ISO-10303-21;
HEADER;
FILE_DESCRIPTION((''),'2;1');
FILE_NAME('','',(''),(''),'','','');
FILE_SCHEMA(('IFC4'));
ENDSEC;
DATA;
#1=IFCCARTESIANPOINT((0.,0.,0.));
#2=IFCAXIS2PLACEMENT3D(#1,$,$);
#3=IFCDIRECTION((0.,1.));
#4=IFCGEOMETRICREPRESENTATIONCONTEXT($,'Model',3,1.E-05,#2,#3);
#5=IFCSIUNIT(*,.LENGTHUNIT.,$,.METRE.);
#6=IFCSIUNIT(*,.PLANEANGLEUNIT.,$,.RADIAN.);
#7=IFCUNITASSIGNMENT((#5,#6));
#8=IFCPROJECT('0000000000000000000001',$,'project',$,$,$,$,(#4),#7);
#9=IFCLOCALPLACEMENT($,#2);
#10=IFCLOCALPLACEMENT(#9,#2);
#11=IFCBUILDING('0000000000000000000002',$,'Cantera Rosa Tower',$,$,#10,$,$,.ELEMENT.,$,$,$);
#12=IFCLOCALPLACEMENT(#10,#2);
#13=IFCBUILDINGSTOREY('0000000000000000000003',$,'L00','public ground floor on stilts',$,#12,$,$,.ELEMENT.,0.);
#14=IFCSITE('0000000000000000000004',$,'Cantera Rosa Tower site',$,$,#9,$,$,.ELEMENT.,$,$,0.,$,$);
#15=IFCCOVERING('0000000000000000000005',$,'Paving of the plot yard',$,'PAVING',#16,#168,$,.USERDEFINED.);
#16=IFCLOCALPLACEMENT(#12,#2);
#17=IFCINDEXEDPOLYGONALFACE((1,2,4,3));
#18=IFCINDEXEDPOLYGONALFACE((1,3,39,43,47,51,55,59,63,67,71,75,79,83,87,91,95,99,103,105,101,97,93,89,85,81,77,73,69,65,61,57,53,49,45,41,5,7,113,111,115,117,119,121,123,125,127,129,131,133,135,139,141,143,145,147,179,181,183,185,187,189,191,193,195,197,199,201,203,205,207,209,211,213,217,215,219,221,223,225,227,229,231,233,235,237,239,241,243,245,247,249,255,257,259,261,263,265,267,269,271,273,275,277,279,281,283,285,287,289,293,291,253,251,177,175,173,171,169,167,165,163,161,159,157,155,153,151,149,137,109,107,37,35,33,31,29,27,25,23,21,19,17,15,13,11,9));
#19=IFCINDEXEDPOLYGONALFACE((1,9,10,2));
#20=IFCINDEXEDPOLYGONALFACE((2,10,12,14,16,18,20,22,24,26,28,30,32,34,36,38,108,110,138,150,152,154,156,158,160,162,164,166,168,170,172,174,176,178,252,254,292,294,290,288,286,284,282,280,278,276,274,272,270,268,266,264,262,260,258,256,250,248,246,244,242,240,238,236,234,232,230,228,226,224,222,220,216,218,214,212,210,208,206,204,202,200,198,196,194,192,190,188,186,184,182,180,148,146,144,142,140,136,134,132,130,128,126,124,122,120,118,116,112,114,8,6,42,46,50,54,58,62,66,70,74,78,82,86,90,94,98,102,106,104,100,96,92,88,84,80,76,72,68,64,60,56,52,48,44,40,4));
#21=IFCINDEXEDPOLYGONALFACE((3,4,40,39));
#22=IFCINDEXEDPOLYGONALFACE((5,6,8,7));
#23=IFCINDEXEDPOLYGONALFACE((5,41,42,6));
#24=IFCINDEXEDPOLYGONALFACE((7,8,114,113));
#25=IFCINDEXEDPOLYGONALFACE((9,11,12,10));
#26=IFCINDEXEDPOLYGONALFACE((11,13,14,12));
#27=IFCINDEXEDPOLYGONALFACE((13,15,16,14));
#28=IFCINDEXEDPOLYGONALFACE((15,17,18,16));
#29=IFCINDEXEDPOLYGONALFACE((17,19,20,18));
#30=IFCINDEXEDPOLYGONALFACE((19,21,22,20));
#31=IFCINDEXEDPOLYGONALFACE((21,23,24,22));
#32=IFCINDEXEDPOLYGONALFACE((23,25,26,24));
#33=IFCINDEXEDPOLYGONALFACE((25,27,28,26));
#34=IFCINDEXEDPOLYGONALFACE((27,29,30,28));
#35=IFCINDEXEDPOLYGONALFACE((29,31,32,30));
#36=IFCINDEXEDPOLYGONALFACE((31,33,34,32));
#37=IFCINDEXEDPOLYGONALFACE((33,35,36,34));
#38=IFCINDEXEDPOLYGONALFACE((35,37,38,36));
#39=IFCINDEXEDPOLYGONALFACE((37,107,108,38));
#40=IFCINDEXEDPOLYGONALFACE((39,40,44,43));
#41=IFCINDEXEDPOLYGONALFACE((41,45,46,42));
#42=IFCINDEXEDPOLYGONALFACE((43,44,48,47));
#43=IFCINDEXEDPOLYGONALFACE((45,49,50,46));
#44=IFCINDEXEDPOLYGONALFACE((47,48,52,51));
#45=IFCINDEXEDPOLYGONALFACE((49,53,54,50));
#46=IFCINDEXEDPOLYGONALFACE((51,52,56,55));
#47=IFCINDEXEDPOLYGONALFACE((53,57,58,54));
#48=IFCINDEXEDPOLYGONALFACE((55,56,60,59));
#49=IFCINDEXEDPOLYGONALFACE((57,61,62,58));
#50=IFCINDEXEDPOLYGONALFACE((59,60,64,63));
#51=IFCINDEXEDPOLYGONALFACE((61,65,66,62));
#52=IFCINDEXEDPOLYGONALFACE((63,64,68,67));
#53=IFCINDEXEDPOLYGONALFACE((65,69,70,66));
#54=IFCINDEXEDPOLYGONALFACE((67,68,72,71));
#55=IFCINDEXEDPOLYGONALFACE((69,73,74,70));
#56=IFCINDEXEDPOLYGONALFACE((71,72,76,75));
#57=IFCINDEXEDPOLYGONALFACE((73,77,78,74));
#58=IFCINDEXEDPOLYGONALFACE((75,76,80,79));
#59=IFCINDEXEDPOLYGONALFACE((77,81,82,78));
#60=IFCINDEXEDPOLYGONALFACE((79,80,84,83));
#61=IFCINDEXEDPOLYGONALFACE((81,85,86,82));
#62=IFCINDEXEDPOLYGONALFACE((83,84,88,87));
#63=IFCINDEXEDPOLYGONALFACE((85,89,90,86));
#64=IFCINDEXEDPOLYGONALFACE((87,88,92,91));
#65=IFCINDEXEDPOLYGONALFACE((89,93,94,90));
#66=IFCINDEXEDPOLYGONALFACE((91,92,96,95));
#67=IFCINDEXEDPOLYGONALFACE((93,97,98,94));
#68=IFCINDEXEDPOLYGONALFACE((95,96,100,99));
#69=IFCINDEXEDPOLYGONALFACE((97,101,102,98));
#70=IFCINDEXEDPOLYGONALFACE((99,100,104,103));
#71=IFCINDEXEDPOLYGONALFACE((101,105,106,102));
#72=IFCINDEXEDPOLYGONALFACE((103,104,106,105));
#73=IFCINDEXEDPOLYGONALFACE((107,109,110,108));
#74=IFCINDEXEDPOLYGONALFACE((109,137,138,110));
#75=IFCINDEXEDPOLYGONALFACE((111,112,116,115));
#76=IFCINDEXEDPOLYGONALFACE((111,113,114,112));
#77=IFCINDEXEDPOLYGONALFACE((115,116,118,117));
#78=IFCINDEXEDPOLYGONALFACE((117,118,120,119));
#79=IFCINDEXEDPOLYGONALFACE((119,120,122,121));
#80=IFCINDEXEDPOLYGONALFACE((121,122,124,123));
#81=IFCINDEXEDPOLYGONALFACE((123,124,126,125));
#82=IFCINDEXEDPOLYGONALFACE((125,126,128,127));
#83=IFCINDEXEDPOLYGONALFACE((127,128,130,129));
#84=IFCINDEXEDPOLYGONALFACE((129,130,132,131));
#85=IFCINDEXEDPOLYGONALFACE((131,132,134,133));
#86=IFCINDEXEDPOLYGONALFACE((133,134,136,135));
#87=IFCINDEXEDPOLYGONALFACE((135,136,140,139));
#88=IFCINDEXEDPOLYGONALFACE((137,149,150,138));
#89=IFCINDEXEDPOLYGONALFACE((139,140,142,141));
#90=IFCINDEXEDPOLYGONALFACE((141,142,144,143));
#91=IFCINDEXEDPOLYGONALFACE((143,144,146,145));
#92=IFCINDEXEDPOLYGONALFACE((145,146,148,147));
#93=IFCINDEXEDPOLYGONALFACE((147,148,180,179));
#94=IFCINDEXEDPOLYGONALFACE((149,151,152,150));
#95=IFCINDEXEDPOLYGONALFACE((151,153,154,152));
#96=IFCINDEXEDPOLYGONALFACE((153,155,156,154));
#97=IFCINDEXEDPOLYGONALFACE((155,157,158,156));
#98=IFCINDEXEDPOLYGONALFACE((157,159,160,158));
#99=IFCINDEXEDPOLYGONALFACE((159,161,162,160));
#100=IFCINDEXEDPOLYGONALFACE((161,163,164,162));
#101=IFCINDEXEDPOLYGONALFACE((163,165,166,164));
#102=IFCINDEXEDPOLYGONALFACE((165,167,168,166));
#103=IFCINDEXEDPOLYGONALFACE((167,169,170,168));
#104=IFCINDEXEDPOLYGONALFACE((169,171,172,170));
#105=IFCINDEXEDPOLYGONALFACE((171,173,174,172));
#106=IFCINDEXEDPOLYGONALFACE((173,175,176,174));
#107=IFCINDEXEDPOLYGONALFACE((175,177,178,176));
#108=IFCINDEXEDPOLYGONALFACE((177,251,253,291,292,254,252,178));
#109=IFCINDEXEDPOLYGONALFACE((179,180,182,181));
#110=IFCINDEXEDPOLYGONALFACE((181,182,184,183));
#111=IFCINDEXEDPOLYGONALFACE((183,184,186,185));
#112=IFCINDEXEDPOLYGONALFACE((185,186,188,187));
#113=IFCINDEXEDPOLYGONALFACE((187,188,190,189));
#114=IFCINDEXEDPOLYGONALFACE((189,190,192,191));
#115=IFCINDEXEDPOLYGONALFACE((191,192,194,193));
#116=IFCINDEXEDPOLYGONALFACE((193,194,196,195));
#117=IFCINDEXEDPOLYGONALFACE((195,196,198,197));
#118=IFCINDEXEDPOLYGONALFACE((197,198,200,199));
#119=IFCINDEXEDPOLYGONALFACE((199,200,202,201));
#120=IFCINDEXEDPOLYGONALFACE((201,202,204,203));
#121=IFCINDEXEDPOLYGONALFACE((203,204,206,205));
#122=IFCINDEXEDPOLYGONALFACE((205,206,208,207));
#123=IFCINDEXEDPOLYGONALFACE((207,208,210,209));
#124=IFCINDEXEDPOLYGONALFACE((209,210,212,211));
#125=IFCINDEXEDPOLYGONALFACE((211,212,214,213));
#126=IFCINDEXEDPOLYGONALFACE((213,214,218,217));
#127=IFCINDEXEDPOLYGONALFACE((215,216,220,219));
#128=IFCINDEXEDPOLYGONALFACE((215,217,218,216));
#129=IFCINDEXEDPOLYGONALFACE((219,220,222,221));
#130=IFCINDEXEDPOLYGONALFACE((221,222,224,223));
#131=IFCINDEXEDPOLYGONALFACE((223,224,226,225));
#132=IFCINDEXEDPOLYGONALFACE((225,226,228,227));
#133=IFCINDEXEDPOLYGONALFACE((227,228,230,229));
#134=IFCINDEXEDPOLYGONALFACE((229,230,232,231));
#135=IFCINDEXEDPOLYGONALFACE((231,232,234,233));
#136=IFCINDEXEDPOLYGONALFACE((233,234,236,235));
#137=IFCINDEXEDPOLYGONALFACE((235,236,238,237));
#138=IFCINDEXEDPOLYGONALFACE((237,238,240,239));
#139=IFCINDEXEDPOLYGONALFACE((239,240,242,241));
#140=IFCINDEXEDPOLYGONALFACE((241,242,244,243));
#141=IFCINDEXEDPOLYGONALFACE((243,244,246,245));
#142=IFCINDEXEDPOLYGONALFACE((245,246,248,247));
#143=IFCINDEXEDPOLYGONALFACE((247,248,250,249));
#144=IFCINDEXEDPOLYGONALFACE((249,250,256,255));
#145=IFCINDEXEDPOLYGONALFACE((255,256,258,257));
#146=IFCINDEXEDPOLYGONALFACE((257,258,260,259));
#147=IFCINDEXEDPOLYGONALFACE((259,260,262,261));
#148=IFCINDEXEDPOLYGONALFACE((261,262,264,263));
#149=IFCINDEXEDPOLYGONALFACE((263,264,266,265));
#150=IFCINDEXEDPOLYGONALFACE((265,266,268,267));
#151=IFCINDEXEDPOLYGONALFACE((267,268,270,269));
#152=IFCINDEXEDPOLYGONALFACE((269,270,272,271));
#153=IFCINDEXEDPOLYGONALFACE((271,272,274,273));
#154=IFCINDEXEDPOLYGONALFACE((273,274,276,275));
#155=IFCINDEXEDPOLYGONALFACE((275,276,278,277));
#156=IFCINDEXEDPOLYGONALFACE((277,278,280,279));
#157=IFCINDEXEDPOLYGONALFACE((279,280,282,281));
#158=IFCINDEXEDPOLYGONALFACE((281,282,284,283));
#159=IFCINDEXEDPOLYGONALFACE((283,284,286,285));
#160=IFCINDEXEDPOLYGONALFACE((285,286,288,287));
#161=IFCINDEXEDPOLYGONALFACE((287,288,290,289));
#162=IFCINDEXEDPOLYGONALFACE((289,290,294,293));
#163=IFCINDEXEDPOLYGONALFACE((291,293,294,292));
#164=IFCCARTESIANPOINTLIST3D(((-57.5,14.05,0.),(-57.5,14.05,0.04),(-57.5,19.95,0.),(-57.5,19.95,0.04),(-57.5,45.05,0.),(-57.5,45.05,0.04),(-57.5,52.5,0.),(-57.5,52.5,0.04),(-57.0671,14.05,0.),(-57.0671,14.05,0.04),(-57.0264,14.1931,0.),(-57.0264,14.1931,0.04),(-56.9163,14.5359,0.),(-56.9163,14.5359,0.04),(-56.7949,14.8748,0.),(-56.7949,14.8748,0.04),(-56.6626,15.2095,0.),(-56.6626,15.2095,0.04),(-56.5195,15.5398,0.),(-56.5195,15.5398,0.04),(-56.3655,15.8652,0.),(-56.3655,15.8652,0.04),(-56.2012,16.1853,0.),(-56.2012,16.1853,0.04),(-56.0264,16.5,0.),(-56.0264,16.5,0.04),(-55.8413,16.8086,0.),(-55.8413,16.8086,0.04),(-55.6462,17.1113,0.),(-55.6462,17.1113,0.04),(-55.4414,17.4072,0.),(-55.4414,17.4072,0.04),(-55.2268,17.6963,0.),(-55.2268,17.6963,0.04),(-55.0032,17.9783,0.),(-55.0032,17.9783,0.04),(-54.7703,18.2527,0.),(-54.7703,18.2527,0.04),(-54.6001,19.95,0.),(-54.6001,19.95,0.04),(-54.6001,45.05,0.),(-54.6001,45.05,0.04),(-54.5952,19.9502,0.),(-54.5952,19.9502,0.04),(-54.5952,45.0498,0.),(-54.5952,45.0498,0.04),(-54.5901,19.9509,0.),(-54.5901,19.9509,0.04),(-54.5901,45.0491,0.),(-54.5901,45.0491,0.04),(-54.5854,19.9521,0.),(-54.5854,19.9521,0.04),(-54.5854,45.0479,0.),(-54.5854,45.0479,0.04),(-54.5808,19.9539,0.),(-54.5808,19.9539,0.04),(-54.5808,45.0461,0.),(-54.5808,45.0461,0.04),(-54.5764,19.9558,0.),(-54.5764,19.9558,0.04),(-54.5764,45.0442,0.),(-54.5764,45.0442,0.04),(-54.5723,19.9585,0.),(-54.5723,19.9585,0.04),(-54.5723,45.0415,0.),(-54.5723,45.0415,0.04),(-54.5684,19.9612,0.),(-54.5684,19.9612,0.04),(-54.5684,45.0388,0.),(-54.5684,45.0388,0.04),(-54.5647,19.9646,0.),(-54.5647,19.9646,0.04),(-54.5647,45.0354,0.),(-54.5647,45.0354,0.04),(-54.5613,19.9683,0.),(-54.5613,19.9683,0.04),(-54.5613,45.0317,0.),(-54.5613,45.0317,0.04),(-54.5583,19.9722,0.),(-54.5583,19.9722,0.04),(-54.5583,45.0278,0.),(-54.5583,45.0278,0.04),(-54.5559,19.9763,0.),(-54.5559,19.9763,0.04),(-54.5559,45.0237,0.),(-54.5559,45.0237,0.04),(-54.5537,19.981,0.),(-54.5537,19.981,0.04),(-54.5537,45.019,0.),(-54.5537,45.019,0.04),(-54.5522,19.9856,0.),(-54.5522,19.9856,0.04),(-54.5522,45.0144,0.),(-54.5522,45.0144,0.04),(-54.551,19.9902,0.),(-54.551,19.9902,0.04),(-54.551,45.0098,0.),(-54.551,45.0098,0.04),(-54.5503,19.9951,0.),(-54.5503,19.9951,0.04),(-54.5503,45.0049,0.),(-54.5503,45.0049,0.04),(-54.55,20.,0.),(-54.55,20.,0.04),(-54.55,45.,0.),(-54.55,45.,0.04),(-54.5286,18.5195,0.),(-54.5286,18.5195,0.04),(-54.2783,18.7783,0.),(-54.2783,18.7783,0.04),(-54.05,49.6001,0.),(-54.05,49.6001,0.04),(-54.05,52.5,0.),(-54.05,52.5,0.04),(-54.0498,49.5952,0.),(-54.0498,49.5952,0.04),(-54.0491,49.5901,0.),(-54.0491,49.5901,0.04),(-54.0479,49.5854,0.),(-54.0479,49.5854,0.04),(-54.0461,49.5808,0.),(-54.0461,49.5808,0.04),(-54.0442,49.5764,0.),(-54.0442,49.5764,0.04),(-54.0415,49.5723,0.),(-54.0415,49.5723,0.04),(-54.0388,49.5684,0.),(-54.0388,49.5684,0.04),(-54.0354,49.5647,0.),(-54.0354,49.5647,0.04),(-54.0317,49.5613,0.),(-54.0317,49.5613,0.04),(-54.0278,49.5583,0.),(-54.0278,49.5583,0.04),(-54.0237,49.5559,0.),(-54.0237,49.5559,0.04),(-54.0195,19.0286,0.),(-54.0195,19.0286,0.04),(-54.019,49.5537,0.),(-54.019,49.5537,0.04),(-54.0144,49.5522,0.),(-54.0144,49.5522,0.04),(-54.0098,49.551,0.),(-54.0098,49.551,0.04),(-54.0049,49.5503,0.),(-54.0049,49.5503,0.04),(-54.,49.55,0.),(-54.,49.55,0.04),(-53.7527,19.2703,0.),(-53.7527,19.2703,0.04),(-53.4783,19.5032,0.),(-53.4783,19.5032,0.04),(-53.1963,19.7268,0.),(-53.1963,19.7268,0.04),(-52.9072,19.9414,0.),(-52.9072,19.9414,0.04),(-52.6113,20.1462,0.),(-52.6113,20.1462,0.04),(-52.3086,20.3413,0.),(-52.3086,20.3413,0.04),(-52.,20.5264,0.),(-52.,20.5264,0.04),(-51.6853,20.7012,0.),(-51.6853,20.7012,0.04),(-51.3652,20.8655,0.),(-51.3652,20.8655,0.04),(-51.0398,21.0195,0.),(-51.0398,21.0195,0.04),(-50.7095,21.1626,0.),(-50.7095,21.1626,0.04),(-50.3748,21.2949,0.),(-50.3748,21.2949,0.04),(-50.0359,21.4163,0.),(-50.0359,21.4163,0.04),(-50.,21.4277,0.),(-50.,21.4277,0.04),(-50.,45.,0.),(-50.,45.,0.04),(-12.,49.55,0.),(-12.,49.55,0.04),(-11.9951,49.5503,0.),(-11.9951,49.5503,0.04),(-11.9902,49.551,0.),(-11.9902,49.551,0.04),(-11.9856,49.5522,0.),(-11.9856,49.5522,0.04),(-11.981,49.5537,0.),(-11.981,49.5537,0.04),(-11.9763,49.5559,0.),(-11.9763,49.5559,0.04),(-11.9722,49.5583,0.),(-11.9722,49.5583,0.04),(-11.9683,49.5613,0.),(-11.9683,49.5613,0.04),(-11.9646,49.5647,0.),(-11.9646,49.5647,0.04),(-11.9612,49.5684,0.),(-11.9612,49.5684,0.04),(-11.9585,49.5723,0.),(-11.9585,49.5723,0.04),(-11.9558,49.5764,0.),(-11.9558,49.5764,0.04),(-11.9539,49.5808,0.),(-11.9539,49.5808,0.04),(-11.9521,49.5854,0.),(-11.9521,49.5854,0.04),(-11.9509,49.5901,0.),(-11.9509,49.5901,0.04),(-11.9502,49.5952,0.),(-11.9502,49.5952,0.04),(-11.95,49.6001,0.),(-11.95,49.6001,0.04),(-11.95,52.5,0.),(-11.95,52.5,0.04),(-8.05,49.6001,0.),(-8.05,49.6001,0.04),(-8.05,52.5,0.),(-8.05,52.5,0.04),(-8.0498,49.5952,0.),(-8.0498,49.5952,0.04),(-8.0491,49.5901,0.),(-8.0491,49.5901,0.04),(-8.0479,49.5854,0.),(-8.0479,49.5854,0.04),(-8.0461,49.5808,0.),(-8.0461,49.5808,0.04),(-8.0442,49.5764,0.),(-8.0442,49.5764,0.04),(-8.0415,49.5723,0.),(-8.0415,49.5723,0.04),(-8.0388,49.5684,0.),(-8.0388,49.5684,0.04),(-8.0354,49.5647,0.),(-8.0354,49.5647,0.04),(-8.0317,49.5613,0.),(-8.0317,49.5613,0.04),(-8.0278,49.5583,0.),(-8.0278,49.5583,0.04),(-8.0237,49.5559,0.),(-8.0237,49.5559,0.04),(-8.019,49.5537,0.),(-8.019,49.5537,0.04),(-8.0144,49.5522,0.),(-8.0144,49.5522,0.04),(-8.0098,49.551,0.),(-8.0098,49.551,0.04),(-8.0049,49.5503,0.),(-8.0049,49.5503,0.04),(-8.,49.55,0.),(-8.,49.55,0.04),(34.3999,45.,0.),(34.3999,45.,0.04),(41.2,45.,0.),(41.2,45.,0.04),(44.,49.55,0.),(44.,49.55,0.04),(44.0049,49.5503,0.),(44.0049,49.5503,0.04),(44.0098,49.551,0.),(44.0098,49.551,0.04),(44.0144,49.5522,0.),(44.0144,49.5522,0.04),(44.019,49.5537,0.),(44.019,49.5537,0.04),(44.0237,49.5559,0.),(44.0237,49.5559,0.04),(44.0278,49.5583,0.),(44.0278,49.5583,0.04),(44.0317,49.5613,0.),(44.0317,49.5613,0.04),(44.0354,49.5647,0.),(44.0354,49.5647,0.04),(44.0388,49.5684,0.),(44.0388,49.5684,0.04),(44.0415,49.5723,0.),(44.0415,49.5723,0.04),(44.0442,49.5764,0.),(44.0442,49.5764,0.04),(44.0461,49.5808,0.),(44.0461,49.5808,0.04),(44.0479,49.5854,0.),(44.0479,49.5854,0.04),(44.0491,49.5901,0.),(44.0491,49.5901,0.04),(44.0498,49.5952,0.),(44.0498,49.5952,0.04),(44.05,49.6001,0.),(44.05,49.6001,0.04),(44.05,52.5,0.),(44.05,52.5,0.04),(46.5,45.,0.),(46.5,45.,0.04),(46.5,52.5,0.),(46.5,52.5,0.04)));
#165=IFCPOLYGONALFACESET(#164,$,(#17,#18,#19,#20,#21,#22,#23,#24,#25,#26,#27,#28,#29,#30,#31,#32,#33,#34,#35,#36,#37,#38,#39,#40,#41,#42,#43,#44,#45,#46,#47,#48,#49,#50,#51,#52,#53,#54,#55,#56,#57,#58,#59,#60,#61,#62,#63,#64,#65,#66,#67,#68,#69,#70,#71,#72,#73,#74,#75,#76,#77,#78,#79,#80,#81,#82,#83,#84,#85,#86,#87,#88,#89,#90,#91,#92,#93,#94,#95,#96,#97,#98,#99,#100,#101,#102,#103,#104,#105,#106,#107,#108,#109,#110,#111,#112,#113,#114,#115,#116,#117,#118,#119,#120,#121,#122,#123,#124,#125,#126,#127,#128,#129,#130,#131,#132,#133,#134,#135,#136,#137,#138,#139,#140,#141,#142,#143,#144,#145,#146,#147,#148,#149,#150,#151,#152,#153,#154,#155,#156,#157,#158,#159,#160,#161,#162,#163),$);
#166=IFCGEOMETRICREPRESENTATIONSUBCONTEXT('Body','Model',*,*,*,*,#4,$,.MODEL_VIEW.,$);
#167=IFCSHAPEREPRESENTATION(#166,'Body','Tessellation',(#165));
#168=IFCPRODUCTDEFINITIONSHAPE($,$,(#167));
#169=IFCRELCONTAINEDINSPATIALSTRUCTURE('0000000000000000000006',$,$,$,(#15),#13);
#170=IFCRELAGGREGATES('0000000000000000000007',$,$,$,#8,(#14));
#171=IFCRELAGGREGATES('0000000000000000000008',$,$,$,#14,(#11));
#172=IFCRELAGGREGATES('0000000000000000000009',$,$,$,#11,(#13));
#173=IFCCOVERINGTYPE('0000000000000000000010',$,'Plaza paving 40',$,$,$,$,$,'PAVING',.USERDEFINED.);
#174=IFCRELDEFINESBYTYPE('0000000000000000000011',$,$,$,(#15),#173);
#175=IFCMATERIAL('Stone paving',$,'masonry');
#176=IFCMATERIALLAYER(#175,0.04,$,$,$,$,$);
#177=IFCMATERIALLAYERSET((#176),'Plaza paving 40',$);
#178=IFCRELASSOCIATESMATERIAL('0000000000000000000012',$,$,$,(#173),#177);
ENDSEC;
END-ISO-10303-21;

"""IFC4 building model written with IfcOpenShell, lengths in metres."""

from ifc_helpers import new_model, si_unit, direction, origin, place, context, subcontext, project, spatial, polyline, outline, extrude, material, layer, layer_set, type_object, element, save


model = new_model("IFC4")

# Units and contexts
model_context = context("Model", 3, precision=1e-05, world=origin(), true_north=direction((0.0, 1.0)))
body_context = subcontext(model_context, "Body", "Model", "MODEL_VIEW")
ifc_project = project(units=[si_unit("LENGTHUNIT", "METRE"), si_unit("PLANEANGLEUNIT", "RADIAN")], contexts=[model_context])

# Site, building, storey
site_placement = place(None, origin())
site = spatial("IfcSite", under=ifc_project, at=site_placement, Name="Cantera Rosa Tower site", CompositionType="ELEMENT", RefElevation=0.0)
building_placement = place(site_placement, origin())
building = spatial("IfcBuilding", under=site, at=building_placement, Name="Cantera Rosa Tower", CompositionType="ELEMENT")
storey_placement = place(building_placement, origin())
storey = spatial("IfcBuildingStorey", under=building, at=storey_placement, Name="L00", Description="public ground floor on stilts", CompositionType="ELEMENT", Elevation=0.0)

# Covering
ifc_material_1 = material(Name="Stone paving", Category="masonry")
ifc_layer_1 = layer(ifc_material_1, 0.04)
ifc_layer_set_1 = layer_set([ifc_layer_1], Name="Plaza paving 40")
covering_type = type_object("IfcCoveringType", Name="Plaza paving 40", ElementType="PAVING", PredefinedType="USERDEFINED", material=ifc_layer_set_1)
covering_1_placement = place(storey_placement, origin())
element("IfcCovering", 1, at=covering_1_placement, inside=storey, type_object=covering_type, Name="Paving of the plot yard", ObjectType="PAVING", PredefinedType="USERDEFINED", context=body_context, shape_type="SweptSolid", body=[
    extrude(outline(polyline([(41.2, 45.0), (46.5, 45.0), (46.5, 52.5), (44.05, 52.5), (44.05, 49.6001), (44.0498, 49.5952), (44.0491, 49.5901), (44.0479, 49.5854), (44.0461, 49.5808), (44.0442, 49.5764), (44.0415, 49.5723), (44.0388, 49.5684), (44.0354, 49.5647), (44.0317, 49.5613), (44.0278, 49.5583), (44.0237, 49.5559), (44.019, 49.5537), (44.0144, 49.5522), (44.0098, 49.551), (44.0049, 49.5503), (44.0, 49.55), (-8.0, 49.55), (-8.0049, 49.5503), (-8.0098, 49.551), (-8.0144, 49.5522), (-8.019, 49.5537), (-8.0237, 49.5559), (-8.0278, 49.5583), (-8.0317, 49.5613), (-8.0354, 49.5647), (-8.0388, 49.5684), (-8.0415, 49.5723), (-8.0442, 49.5764), (-8.0461, 49.5808), (-8.0479, 49.5854), (-8.0491, 49.5901), (-8.0498, 49.5952), (-8.05, 49.6001), (-8.05, 52.5), (-11.95, 52.5), (-11.95, 49.6001), (-11.9502, 49.5952), (-11.9509, 49.5901), (-11.9521, 49.5854), (-11.9539, 49.5808), (-11.9558, 49.5764), (-11.9585, 49.5723), (-11.9612, 49.5684), (-11.9646, 49.5647), (-11.9683, 49.5613), (-11.9722, 49.5583), (-11.9763, 49.5559), (-11.981, 49.5537), (-11.9856, 49.5522), (-11.9902, 49.551), (-11.9951, 49.5503), (-12.0, 49.55), (-54.0, 49.55), (-54.0049, 49.5503), (-54.0098, 49.551), (-54.0144, 49.5522), (-54.019, 49.5537), (-54.0237, 49.5559), (-54.0278, 49.5583), (-54.0317, 49.5613), (-54.0354, 49.5647), (-54.0388, 49.5684), (-54.0415, 49.5723), (-54.0442, 49.5764), (-54.0461, 49.5808), (-54.0479, 49.5854), (-54.0491, 49.5901), (-54.0498, 49.5952), (-54.05, 49.6001), (-54.05, 52.5), (-57.5, 52.5), (-57.5, 45.05), (-54.6001, 45.05), (-54.5952, 45.0498), (-54.5901, 45.0491), (-54.5854, 45.0479), (-54.5808, 45.0461), (-54.5764, 45.0442), (-54.5723, 45.0415), (-54.5684, 45.0388), (-54.5647, 45.0354), (-54.5613, 45.0317), (-54.5583, 45.0278), (-54.5559, 45.0237), (-54.5537, 45.019), (-54.5522, 45.0144), (-54.551, 45.0098), (-54.5503, 45.0049), (-54.55, 45.0), (-54.55, 20.0), (-54.5503, 19.9951), (-54.551, 19.9902), (-54.5522, 19.9856), (-54.5537, 19.981), (-54.5559, 19.9763), (-54.5583, 19.9722), (-54.5613, 19.9683), (-54.5647, 19.9646), (-54.5684, 19.9612), (-54.5723, 19.9585), (-54.5764, 19.9558), (-54.5808, 19.9539), (-54.5854, 19.9521), (-54.5901, 19.9509), (-54.5952, 19.9502), (-54.6001, 19.95), (-57.5, 19.95), (-57.5, 14.05), (-57.0671, 14.05), (-57.0264, 14.1931), (-56.9163, 14.5359), (-56.7949, 14.8748), (-56.6626, 15.2095), (-56.5195, 15.5398), (-56.3655, 15.8652), (-56.2012, 16.1853), (-56.0264, 16.5), (-55.8413, 16.8086), (-55.6462, 17.1113), (-55.4414, 17.4072), (-55.2268, 17.6963), (-55.0032, 17.9783), (-54.7703, 18.2527), (-54.5286, 18.5195), (-54.2783, 18.7783), (-54.0195, 19.0286), (-53.7527, 19.2703), (-53.4783, 19.5032), (-53.1963, 19.7268), (-52.9072, 19.9414), (-52.6113, 20.1462), (-52.3086, 20.3413), (-52.0, 20.5264), (-51.6853, 20.7012), (-51.3652, 20.8655), (-51.0398, 21.0195), (-50.7095, 21.1626), (-50.3748, 21.2949), (-50.0359, 21.4163), (-50.0, 21.4277), (-50.0, 45.0), (34.3999, 45.0), (41.2, 45.0)])), origin(), (0.0, 0.0, 1.0), 0.04),
])

save(model, "model.ifc")
